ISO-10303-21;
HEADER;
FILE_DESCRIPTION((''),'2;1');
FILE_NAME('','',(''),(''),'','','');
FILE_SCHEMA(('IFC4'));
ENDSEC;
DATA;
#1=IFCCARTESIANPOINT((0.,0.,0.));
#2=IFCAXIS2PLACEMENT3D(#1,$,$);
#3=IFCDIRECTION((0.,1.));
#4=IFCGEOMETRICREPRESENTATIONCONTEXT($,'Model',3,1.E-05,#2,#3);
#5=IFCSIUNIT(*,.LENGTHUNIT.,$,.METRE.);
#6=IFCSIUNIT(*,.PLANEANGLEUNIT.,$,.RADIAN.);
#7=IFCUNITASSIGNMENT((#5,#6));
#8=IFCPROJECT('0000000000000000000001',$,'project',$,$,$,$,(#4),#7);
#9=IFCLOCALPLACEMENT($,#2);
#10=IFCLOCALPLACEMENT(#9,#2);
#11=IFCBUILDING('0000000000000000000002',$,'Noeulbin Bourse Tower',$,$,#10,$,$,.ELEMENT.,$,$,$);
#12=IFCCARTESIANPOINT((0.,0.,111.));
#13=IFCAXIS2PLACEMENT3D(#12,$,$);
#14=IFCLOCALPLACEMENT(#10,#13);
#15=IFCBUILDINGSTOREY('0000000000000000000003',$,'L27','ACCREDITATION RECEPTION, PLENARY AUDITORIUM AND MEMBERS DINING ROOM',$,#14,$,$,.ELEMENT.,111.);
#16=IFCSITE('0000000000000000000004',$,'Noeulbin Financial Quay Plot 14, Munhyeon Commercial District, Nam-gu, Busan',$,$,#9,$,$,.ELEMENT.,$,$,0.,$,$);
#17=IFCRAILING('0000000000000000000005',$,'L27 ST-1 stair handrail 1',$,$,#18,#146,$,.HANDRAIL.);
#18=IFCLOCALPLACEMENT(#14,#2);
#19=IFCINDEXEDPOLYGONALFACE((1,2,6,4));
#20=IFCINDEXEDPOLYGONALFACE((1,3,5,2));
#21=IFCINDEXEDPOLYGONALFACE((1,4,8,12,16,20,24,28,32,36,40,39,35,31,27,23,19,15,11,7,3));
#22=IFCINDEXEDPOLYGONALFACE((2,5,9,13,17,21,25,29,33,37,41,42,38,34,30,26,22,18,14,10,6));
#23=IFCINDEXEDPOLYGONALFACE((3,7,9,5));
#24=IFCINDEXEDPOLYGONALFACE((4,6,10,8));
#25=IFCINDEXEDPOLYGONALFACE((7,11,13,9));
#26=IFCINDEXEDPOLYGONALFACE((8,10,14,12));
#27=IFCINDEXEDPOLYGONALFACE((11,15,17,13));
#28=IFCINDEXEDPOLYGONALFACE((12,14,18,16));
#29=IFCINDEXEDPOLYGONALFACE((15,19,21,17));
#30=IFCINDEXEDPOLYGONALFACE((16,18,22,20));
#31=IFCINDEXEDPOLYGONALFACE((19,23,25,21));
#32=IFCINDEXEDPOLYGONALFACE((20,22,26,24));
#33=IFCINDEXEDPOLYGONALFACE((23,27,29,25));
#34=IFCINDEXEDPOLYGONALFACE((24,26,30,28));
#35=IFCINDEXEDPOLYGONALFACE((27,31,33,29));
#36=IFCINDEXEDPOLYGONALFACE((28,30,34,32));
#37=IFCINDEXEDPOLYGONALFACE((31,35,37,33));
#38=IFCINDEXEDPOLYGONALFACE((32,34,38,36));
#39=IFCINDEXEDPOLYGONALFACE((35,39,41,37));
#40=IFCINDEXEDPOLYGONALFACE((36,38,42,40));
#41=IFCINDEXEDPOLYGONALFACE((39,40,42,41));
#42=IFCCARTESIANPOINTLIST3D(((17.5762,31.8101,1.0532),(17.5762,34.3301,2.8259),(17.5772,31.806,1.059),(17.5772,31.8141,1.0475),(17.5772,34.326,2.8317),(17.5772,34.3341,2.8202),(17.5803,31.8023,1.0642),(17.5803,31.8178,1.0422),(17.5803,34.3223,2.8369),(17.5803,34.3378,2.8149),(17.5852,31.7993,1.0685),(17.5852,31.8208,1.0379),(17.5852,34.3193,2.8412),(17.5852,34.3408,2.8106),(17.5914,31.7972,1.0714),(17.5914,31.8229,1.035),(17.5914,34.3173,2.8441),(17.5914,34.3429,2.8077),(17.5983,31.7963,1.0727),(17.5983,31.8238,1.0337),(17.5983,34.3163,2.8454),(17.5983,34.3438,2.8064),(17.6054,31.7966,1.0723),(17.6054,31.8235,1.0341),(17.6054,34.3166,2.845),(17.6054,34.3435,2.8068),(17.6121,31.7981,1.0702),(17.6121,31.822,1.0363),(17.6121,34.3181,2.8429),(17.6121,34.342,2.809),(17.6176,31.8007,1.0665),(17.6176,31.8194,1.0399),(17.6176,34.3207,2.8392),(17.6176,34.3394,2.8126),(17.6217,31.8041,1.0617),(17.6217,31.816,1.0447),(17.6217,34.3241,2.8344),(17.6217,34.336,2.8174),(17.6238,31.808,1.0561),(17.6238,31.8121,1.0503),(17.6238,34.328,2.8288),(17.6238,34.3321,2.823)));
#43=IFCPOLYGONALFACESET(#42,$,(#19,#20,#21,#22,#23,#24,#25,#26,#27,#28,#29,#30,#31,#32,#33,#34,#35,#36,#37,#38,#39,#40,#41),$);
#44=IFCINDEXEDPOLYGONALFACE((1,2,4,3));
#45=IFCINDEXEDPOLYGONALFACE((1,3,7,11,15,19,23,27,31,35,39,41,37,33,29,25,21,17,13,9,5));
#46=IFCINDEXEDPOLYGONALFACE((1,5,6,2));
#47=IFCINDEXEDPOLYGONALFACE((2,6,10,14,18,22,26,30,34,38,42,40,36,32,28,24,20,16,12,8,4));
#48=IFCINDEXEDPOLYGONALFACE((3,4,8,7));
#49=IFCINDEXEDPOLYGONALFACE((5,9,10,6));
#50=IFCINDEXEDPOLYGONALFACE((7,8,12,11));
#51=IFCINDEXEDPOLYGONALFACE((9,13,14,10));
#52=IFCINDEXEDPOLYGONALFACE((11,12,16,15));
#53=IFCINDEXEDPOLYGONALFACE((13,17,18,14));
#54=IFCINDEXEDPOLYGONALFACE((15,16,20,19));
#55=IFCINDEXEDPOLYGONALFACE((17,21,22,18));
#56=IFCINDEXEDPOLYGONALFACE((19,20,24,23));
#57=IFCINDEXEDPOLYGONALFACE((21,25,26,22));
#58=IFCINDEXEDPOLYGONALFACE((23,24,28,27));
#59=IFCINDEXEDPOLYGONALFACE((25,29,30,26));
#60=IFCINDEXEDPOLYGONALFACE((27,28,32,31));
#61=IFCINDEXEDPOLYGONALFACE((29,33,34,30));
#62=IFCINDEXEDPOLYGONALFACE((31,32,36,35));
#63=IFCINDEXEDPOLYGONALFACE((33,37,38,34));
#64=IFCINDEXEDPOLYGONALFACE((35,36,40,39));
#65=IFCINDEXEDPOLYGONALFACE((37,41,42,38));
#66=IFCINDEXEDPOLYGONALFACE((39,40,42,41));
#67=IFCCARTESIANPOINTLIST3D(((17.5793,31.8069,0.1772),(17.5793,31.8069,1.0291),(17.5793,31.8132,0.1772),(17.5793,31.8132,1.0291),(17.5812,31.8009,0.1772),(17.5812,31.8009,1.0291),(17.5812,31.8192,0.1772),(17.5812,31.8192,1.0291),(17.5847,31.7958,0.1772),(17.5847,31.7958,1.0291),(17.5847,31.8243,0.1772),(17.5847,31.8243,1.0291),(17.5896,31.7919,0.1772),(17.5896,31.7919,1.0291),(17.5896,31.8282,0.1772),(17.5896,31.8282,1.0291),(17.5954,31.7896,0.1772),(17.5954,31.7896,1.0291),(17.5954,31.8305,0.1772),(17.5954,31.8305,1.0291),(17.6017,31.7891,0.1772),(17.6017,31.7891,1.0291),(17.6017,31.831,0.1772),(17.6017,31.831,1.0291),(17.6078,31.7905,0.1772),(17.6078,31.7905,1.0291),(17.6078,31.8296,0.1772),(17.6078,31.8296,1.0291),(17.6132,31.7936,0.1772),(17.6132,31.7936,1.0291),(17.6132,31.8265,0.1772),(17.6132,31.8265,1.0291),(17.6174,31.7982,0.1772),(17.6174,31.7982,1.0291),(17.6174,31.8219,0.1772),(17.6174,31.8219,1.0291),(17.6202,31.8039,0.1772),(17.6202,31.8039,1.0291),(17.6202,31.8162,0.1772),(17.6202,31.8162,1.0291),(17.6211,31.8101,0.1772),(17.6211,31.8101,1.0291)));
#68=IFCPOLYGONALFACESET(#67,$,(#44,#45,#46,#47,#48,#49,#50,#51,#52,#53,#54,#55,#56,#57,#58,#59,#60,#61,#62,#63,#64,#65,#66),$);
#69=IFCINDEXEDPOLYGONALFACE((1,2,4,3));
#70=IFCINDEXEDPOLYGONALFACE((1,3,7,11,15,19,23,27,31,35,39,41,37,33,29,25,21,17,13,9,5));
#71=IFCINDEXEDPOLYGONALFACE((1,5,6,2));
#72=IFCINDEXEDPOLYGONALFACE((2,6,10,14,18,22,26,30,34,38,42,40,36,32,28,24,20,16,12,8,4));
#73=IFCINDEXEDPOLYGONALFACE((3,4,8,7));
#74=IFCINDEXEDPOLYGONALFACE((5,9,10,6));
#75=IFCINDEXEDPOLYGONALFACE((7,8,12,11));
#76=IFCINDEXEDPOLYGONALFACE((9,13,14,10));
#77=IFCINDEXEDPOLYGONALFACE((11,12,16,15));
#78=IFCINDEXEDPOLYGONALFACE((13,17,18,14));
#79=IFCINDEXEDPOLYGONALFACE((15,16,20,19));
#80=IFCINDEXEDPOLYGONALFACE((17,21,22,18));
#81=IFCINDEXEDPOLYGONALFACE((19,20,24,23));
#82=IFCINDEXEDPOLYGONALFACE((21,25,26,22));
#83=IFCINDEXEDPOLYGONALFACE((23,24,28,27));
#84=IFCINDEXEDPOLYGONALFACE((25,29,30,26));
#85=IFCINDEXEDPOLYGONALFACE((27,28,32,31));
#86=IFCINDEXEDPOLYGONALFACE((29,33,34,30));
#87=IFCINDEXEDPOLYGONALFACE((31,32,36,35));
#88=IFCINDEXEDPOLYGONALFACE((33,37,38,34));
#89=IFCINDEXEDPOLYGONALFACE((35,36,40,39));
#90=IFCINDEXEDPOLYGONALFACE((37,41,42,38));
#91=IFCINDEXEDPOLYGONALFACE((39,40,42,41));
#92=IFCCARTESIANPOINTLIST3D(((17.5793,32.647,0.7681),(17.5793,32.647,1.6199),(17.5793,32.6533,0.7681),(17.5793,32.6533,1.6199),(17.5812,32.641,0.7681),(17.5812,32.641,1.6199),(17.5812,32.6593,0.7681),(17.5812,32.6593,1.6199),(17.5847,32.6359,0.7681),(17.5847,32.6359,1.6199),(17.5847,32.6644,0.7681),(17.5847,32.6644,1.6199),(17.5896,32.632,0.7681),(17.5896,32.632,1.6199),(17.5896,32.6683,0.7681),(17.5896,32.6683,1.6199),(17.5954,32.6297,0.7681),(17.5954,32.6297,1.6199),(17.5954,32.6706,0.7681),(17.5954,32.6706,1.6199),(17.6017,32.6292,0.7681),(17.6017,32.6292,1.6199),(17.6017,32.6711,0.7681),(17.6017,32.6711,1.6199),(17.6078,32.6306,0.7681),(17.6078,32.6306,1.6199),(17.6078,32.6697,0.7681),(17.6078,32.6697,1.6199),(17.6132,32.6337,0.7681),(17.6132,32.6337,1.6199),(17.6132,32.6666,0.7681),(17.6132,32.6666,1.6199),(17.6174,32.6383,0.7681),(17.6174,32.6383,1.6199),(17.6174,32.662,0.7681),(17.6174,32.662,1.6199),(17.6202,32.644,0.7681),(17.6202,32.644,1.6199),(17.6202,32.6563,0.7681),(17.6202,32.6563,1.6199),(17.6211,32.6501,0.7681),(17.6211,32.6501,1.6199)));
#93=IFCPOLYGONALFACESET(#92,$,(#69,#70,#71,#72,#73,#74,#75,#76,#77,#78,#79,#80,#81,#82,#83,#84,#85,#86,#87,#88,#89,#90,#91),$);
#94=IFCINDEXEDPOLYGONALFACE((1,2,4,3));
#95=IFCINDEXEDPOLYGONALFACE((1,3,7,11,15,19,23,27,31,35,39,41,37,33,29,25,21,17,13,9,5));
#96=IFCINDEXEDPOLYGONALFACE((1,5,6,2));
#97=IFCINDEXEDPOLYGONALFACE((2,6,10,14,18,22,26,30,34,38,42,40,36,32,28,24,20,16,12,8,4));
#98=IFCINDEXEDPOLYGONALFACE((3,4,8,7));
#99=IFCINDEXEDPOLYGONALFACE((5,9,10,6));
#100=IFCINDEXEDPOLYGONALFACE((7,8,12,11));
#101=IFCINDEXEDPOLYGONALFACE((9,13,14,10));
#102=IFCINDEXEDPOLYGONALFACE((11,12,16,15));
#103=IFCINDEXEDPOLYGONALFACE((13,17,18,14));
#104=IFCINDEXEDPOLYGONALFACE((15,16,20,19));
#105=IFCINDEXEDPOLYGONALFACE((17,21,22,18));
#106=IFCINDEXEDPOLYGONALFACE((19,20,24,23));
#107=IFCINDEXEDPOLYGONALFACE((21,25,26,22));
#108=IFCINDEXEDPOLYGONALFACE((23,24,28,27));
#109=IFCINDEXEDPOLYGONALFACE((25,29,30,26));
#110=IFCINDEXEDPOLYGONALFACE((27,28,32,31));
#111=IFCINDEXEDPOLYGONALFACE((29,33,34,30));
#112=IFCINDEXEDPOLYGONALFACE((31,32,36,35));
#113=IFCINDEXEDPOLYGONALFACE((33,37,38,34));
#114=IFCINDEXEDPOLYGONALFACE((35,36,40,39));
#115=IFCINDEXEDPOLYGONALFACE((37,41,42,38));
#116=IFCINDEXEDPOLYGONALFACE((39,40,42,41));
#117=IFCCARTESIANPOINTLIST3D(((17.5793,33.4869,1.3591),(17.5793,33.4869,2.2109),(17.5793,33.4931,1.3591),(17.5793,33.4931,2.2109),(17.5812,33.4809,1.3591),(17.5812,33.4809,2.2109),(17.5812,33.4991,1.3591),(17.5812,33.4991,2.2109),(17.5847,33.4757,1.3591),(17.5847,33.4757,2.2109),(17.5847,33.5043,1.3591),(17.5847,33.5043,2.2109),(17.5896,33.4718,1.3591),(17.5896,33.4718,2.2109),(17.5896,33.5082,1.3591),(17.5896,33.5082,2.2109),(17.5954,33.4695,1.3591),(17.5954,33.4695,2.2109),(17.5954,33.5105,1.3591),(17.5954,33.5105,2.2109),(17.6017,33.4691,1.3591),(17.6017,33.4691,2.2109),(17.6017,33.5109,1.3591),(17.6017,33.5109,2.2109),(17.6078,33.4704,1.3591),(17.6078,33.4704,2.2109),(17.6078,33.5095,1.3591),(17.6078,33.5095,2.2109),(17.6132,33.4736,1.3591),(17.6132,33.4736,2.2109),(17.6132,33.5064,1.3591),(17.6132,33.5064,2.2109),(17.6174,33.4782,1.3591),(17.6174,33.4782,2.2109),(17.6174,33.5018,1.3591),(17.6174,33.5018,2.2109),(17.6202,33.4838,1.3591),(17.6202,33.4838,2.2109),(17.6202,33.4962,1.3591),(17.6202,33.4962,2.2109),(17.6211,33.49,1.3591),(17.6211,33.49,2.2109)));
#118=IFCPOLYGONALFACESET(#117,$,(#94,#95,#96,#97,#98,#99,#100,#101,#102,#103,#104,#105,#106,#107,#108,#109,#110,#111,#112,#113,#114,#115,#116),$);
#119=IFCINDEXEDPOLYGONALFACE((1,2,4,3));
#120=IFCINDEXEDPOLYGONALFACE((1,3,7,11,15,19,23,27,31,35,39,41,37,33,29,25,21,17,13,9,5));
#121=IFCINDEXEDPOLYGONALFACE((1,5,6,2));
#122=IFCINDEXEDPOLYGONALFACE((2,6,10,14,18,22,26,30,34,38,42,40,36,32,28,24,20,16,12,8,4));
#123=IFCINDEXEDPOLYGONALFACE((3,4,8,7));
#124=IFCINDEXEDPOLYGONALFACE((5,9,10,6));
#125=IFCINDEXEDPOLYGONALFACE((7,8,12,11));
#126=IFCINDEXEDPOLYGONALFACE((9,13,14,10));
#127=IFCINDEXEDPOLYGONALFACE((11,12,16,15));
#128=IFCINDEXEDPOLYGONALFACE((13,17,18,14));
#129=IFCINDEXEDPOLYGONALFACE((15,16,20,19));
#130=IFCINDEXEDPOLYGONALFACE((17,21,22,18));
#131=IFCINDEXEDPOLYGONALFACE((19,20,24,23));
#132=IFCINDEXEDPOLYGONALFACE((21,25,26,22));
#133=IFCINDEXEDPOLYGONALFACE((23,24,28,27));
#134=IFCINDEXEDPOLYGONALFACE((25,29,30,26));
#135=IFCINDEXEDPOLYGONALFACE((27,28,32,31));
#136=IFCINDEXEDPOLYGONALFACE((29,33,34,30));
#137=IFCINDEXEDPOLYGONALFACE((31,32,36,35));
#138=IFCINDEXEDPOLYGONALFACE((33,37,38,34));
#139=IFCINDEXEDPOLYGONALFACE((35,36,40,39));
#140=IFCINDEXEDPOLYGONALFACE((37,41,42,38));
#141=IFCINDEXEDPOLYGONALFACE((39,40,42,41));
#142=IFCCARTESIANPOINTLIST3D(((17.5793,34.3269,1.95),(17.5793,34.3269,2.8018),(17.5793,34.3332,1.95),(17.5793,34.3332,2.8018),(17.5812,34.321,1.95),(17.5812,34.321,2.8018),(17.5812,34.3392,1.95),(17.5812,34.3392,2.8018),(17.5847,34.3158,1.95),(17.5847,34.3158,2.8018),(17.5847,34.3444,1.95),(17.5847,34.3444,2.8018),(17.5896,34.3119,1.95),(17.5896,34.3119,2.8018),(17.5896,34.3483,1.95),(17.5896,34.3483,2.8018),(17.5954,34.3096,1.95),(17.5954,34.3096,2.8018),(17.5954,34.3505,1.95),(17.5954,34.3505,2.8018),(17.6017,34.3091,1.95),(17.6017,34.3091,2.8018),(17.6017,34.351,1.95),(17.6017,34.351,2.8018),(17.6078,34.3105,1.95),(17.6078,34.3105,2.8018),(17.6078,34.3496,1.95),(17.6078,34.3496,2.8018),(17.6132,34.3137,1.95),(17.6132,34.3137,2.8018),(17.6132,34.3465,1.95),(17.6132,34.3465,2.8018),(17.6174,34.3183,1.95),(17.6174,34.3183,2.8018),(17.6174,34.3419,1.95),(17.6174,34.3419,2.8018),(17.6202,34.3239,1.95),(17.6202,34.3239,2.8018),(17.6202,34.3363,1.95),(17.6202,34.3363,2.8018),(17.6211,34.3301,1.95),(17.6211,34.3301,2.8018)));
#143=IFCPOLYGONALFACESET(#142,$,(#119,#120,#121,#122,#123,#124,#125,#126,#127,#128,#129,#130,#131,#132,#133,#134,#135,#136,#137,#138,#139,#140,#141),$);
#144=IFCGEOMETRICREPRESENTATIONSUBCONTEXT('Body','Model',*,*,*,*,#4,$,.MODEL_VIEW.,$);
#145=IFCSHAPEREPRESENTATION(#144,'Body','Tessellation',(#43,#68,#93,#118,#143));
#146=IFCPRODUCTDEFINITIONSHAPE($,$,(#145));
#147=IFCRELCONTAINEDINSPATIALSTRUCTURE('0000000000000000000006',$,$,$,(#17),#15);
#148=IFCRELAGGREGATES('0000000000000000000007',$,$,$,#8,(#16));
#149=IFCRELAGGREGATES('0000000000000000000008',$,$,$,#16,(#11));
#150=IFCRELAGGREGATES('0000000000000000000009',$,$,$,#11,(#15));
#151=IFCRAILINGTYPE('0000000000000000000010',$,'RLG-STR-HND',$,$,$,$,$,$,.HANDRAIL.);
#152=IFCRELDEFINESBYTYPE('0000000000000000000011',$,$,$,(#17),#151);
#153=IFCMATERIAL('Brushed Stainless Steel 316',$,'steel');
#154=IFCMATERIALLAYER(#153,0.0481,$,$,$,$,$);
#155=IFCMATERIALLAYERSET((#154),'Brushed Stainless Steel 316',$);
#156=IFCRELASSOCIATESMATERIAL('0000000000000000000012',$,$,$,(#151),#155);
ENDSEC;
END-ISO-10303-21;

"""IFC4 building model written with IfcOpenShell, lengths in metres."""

from ifc_helpers import new_model, si_unit, direction, frame, origin, origin_2d, place, context, subcontext, project, spatial, circle, extrude, material, layer, layer_set, type_object, element, save


model = new_model("IFC4")

# Units and contexts
model_context = context("Model", 3, precision=1e-05, world=origin(), true_north=direction((0.0, 1.0)))
body_context = subcontext(model_context, "Body", "Model", "MODEL_VIEW")
ifc_project = project(units=[si_unit("LENGTHUNIT", "METRE"), si_unit("PLANEANGLEUNIT", "RADIAN")], contexts=[model_context])

# Site, building, storey
site_placement = place(None, origin())
site = spatial("IfcSite", under=ifc_project, at=site_placement, Name="Noeulbin Financial Quay Plot 14, Munhyeon Commercial District, Nam-gu, Busan", CompositionType="ELEMENT", RefElevation=0.0)
building_placement = place(site_placement, origin())
building = spatial("IfcBuilding", under=site, at=building_placement, Name="Noeulbin Bourse Tower", CompositionType="ELEMENT")
storey_placement = place(building_placement, frame((0.0, 0.0, 111.0)))
storey = spatial("IfcBuildingStorey", under=building, at=storey_placement, Name="L27", Description="ACCREDITATION RECEPTION, PLENARY AUDITORIUM AND MEMBERS DINING ROOM", CompositionType="ELEMENT", Elevation=111.0)

# Shared definitions
ifc_material_1 = material(Name="Brushed Stainless Steel 316", Category="steel")

# Railing
ifc_layer_1 = layer(ifc_material_1, 0.0481)
ifc_layer_set_1 = layer_set([ifc_layer_1], Name="Brushed Stainless Steel 316")
railing_type_1 = type_object("IfcRailingType", Name="RLG-STR-HND", PredefinedType="HANDRAIL", material=ifc_layer_set_1)
railing_1_placement = place(storey_placement, frame((17.6001, 31.8101, 0.1772)))
element("IfcRailing", 1, at=railing_1_placement, inside=storey, type_object=railing_type_1, Name="L27 ST-1 stair handrail 1", PredefinedType="HANDRAIL", context=body_context, shape_type="SweptSolid", body=[
    extrude(circle(Radius=0.0239, at=origin_2d()), frame((0.0, 0.0, 0.876), z_axis=(0.0, 0.817904, 0.575354), x_axis=(-1.0, 0.0, 0.0)), (0.0, 0.0, 1.0), 3.0811),
    extrude(circle(Radius=0.021, at=origin_2d()), origin(), (0.0, 0.0, 1.0), 0.8518),
    extrude(circle(Radius=0.021, at=origin_2d()), frame((0.0, 0.8401, 0.5908)), (0.0, 0.0, 1.0), 0.8518),
    extrude(circle(Radius=0.021, at=origin_2d()), frame((0.0, 1.6799, 1.1819)), (0.0, 0.0, 1.0), 0.8518),
    extrude(circle(Radius=0.021, at=origin_2d()), frame((0.0, 2.52, 1.7727)), (0.0, 0.0, 1.0), 0.8518),
])

save(model, "model.ifc")
